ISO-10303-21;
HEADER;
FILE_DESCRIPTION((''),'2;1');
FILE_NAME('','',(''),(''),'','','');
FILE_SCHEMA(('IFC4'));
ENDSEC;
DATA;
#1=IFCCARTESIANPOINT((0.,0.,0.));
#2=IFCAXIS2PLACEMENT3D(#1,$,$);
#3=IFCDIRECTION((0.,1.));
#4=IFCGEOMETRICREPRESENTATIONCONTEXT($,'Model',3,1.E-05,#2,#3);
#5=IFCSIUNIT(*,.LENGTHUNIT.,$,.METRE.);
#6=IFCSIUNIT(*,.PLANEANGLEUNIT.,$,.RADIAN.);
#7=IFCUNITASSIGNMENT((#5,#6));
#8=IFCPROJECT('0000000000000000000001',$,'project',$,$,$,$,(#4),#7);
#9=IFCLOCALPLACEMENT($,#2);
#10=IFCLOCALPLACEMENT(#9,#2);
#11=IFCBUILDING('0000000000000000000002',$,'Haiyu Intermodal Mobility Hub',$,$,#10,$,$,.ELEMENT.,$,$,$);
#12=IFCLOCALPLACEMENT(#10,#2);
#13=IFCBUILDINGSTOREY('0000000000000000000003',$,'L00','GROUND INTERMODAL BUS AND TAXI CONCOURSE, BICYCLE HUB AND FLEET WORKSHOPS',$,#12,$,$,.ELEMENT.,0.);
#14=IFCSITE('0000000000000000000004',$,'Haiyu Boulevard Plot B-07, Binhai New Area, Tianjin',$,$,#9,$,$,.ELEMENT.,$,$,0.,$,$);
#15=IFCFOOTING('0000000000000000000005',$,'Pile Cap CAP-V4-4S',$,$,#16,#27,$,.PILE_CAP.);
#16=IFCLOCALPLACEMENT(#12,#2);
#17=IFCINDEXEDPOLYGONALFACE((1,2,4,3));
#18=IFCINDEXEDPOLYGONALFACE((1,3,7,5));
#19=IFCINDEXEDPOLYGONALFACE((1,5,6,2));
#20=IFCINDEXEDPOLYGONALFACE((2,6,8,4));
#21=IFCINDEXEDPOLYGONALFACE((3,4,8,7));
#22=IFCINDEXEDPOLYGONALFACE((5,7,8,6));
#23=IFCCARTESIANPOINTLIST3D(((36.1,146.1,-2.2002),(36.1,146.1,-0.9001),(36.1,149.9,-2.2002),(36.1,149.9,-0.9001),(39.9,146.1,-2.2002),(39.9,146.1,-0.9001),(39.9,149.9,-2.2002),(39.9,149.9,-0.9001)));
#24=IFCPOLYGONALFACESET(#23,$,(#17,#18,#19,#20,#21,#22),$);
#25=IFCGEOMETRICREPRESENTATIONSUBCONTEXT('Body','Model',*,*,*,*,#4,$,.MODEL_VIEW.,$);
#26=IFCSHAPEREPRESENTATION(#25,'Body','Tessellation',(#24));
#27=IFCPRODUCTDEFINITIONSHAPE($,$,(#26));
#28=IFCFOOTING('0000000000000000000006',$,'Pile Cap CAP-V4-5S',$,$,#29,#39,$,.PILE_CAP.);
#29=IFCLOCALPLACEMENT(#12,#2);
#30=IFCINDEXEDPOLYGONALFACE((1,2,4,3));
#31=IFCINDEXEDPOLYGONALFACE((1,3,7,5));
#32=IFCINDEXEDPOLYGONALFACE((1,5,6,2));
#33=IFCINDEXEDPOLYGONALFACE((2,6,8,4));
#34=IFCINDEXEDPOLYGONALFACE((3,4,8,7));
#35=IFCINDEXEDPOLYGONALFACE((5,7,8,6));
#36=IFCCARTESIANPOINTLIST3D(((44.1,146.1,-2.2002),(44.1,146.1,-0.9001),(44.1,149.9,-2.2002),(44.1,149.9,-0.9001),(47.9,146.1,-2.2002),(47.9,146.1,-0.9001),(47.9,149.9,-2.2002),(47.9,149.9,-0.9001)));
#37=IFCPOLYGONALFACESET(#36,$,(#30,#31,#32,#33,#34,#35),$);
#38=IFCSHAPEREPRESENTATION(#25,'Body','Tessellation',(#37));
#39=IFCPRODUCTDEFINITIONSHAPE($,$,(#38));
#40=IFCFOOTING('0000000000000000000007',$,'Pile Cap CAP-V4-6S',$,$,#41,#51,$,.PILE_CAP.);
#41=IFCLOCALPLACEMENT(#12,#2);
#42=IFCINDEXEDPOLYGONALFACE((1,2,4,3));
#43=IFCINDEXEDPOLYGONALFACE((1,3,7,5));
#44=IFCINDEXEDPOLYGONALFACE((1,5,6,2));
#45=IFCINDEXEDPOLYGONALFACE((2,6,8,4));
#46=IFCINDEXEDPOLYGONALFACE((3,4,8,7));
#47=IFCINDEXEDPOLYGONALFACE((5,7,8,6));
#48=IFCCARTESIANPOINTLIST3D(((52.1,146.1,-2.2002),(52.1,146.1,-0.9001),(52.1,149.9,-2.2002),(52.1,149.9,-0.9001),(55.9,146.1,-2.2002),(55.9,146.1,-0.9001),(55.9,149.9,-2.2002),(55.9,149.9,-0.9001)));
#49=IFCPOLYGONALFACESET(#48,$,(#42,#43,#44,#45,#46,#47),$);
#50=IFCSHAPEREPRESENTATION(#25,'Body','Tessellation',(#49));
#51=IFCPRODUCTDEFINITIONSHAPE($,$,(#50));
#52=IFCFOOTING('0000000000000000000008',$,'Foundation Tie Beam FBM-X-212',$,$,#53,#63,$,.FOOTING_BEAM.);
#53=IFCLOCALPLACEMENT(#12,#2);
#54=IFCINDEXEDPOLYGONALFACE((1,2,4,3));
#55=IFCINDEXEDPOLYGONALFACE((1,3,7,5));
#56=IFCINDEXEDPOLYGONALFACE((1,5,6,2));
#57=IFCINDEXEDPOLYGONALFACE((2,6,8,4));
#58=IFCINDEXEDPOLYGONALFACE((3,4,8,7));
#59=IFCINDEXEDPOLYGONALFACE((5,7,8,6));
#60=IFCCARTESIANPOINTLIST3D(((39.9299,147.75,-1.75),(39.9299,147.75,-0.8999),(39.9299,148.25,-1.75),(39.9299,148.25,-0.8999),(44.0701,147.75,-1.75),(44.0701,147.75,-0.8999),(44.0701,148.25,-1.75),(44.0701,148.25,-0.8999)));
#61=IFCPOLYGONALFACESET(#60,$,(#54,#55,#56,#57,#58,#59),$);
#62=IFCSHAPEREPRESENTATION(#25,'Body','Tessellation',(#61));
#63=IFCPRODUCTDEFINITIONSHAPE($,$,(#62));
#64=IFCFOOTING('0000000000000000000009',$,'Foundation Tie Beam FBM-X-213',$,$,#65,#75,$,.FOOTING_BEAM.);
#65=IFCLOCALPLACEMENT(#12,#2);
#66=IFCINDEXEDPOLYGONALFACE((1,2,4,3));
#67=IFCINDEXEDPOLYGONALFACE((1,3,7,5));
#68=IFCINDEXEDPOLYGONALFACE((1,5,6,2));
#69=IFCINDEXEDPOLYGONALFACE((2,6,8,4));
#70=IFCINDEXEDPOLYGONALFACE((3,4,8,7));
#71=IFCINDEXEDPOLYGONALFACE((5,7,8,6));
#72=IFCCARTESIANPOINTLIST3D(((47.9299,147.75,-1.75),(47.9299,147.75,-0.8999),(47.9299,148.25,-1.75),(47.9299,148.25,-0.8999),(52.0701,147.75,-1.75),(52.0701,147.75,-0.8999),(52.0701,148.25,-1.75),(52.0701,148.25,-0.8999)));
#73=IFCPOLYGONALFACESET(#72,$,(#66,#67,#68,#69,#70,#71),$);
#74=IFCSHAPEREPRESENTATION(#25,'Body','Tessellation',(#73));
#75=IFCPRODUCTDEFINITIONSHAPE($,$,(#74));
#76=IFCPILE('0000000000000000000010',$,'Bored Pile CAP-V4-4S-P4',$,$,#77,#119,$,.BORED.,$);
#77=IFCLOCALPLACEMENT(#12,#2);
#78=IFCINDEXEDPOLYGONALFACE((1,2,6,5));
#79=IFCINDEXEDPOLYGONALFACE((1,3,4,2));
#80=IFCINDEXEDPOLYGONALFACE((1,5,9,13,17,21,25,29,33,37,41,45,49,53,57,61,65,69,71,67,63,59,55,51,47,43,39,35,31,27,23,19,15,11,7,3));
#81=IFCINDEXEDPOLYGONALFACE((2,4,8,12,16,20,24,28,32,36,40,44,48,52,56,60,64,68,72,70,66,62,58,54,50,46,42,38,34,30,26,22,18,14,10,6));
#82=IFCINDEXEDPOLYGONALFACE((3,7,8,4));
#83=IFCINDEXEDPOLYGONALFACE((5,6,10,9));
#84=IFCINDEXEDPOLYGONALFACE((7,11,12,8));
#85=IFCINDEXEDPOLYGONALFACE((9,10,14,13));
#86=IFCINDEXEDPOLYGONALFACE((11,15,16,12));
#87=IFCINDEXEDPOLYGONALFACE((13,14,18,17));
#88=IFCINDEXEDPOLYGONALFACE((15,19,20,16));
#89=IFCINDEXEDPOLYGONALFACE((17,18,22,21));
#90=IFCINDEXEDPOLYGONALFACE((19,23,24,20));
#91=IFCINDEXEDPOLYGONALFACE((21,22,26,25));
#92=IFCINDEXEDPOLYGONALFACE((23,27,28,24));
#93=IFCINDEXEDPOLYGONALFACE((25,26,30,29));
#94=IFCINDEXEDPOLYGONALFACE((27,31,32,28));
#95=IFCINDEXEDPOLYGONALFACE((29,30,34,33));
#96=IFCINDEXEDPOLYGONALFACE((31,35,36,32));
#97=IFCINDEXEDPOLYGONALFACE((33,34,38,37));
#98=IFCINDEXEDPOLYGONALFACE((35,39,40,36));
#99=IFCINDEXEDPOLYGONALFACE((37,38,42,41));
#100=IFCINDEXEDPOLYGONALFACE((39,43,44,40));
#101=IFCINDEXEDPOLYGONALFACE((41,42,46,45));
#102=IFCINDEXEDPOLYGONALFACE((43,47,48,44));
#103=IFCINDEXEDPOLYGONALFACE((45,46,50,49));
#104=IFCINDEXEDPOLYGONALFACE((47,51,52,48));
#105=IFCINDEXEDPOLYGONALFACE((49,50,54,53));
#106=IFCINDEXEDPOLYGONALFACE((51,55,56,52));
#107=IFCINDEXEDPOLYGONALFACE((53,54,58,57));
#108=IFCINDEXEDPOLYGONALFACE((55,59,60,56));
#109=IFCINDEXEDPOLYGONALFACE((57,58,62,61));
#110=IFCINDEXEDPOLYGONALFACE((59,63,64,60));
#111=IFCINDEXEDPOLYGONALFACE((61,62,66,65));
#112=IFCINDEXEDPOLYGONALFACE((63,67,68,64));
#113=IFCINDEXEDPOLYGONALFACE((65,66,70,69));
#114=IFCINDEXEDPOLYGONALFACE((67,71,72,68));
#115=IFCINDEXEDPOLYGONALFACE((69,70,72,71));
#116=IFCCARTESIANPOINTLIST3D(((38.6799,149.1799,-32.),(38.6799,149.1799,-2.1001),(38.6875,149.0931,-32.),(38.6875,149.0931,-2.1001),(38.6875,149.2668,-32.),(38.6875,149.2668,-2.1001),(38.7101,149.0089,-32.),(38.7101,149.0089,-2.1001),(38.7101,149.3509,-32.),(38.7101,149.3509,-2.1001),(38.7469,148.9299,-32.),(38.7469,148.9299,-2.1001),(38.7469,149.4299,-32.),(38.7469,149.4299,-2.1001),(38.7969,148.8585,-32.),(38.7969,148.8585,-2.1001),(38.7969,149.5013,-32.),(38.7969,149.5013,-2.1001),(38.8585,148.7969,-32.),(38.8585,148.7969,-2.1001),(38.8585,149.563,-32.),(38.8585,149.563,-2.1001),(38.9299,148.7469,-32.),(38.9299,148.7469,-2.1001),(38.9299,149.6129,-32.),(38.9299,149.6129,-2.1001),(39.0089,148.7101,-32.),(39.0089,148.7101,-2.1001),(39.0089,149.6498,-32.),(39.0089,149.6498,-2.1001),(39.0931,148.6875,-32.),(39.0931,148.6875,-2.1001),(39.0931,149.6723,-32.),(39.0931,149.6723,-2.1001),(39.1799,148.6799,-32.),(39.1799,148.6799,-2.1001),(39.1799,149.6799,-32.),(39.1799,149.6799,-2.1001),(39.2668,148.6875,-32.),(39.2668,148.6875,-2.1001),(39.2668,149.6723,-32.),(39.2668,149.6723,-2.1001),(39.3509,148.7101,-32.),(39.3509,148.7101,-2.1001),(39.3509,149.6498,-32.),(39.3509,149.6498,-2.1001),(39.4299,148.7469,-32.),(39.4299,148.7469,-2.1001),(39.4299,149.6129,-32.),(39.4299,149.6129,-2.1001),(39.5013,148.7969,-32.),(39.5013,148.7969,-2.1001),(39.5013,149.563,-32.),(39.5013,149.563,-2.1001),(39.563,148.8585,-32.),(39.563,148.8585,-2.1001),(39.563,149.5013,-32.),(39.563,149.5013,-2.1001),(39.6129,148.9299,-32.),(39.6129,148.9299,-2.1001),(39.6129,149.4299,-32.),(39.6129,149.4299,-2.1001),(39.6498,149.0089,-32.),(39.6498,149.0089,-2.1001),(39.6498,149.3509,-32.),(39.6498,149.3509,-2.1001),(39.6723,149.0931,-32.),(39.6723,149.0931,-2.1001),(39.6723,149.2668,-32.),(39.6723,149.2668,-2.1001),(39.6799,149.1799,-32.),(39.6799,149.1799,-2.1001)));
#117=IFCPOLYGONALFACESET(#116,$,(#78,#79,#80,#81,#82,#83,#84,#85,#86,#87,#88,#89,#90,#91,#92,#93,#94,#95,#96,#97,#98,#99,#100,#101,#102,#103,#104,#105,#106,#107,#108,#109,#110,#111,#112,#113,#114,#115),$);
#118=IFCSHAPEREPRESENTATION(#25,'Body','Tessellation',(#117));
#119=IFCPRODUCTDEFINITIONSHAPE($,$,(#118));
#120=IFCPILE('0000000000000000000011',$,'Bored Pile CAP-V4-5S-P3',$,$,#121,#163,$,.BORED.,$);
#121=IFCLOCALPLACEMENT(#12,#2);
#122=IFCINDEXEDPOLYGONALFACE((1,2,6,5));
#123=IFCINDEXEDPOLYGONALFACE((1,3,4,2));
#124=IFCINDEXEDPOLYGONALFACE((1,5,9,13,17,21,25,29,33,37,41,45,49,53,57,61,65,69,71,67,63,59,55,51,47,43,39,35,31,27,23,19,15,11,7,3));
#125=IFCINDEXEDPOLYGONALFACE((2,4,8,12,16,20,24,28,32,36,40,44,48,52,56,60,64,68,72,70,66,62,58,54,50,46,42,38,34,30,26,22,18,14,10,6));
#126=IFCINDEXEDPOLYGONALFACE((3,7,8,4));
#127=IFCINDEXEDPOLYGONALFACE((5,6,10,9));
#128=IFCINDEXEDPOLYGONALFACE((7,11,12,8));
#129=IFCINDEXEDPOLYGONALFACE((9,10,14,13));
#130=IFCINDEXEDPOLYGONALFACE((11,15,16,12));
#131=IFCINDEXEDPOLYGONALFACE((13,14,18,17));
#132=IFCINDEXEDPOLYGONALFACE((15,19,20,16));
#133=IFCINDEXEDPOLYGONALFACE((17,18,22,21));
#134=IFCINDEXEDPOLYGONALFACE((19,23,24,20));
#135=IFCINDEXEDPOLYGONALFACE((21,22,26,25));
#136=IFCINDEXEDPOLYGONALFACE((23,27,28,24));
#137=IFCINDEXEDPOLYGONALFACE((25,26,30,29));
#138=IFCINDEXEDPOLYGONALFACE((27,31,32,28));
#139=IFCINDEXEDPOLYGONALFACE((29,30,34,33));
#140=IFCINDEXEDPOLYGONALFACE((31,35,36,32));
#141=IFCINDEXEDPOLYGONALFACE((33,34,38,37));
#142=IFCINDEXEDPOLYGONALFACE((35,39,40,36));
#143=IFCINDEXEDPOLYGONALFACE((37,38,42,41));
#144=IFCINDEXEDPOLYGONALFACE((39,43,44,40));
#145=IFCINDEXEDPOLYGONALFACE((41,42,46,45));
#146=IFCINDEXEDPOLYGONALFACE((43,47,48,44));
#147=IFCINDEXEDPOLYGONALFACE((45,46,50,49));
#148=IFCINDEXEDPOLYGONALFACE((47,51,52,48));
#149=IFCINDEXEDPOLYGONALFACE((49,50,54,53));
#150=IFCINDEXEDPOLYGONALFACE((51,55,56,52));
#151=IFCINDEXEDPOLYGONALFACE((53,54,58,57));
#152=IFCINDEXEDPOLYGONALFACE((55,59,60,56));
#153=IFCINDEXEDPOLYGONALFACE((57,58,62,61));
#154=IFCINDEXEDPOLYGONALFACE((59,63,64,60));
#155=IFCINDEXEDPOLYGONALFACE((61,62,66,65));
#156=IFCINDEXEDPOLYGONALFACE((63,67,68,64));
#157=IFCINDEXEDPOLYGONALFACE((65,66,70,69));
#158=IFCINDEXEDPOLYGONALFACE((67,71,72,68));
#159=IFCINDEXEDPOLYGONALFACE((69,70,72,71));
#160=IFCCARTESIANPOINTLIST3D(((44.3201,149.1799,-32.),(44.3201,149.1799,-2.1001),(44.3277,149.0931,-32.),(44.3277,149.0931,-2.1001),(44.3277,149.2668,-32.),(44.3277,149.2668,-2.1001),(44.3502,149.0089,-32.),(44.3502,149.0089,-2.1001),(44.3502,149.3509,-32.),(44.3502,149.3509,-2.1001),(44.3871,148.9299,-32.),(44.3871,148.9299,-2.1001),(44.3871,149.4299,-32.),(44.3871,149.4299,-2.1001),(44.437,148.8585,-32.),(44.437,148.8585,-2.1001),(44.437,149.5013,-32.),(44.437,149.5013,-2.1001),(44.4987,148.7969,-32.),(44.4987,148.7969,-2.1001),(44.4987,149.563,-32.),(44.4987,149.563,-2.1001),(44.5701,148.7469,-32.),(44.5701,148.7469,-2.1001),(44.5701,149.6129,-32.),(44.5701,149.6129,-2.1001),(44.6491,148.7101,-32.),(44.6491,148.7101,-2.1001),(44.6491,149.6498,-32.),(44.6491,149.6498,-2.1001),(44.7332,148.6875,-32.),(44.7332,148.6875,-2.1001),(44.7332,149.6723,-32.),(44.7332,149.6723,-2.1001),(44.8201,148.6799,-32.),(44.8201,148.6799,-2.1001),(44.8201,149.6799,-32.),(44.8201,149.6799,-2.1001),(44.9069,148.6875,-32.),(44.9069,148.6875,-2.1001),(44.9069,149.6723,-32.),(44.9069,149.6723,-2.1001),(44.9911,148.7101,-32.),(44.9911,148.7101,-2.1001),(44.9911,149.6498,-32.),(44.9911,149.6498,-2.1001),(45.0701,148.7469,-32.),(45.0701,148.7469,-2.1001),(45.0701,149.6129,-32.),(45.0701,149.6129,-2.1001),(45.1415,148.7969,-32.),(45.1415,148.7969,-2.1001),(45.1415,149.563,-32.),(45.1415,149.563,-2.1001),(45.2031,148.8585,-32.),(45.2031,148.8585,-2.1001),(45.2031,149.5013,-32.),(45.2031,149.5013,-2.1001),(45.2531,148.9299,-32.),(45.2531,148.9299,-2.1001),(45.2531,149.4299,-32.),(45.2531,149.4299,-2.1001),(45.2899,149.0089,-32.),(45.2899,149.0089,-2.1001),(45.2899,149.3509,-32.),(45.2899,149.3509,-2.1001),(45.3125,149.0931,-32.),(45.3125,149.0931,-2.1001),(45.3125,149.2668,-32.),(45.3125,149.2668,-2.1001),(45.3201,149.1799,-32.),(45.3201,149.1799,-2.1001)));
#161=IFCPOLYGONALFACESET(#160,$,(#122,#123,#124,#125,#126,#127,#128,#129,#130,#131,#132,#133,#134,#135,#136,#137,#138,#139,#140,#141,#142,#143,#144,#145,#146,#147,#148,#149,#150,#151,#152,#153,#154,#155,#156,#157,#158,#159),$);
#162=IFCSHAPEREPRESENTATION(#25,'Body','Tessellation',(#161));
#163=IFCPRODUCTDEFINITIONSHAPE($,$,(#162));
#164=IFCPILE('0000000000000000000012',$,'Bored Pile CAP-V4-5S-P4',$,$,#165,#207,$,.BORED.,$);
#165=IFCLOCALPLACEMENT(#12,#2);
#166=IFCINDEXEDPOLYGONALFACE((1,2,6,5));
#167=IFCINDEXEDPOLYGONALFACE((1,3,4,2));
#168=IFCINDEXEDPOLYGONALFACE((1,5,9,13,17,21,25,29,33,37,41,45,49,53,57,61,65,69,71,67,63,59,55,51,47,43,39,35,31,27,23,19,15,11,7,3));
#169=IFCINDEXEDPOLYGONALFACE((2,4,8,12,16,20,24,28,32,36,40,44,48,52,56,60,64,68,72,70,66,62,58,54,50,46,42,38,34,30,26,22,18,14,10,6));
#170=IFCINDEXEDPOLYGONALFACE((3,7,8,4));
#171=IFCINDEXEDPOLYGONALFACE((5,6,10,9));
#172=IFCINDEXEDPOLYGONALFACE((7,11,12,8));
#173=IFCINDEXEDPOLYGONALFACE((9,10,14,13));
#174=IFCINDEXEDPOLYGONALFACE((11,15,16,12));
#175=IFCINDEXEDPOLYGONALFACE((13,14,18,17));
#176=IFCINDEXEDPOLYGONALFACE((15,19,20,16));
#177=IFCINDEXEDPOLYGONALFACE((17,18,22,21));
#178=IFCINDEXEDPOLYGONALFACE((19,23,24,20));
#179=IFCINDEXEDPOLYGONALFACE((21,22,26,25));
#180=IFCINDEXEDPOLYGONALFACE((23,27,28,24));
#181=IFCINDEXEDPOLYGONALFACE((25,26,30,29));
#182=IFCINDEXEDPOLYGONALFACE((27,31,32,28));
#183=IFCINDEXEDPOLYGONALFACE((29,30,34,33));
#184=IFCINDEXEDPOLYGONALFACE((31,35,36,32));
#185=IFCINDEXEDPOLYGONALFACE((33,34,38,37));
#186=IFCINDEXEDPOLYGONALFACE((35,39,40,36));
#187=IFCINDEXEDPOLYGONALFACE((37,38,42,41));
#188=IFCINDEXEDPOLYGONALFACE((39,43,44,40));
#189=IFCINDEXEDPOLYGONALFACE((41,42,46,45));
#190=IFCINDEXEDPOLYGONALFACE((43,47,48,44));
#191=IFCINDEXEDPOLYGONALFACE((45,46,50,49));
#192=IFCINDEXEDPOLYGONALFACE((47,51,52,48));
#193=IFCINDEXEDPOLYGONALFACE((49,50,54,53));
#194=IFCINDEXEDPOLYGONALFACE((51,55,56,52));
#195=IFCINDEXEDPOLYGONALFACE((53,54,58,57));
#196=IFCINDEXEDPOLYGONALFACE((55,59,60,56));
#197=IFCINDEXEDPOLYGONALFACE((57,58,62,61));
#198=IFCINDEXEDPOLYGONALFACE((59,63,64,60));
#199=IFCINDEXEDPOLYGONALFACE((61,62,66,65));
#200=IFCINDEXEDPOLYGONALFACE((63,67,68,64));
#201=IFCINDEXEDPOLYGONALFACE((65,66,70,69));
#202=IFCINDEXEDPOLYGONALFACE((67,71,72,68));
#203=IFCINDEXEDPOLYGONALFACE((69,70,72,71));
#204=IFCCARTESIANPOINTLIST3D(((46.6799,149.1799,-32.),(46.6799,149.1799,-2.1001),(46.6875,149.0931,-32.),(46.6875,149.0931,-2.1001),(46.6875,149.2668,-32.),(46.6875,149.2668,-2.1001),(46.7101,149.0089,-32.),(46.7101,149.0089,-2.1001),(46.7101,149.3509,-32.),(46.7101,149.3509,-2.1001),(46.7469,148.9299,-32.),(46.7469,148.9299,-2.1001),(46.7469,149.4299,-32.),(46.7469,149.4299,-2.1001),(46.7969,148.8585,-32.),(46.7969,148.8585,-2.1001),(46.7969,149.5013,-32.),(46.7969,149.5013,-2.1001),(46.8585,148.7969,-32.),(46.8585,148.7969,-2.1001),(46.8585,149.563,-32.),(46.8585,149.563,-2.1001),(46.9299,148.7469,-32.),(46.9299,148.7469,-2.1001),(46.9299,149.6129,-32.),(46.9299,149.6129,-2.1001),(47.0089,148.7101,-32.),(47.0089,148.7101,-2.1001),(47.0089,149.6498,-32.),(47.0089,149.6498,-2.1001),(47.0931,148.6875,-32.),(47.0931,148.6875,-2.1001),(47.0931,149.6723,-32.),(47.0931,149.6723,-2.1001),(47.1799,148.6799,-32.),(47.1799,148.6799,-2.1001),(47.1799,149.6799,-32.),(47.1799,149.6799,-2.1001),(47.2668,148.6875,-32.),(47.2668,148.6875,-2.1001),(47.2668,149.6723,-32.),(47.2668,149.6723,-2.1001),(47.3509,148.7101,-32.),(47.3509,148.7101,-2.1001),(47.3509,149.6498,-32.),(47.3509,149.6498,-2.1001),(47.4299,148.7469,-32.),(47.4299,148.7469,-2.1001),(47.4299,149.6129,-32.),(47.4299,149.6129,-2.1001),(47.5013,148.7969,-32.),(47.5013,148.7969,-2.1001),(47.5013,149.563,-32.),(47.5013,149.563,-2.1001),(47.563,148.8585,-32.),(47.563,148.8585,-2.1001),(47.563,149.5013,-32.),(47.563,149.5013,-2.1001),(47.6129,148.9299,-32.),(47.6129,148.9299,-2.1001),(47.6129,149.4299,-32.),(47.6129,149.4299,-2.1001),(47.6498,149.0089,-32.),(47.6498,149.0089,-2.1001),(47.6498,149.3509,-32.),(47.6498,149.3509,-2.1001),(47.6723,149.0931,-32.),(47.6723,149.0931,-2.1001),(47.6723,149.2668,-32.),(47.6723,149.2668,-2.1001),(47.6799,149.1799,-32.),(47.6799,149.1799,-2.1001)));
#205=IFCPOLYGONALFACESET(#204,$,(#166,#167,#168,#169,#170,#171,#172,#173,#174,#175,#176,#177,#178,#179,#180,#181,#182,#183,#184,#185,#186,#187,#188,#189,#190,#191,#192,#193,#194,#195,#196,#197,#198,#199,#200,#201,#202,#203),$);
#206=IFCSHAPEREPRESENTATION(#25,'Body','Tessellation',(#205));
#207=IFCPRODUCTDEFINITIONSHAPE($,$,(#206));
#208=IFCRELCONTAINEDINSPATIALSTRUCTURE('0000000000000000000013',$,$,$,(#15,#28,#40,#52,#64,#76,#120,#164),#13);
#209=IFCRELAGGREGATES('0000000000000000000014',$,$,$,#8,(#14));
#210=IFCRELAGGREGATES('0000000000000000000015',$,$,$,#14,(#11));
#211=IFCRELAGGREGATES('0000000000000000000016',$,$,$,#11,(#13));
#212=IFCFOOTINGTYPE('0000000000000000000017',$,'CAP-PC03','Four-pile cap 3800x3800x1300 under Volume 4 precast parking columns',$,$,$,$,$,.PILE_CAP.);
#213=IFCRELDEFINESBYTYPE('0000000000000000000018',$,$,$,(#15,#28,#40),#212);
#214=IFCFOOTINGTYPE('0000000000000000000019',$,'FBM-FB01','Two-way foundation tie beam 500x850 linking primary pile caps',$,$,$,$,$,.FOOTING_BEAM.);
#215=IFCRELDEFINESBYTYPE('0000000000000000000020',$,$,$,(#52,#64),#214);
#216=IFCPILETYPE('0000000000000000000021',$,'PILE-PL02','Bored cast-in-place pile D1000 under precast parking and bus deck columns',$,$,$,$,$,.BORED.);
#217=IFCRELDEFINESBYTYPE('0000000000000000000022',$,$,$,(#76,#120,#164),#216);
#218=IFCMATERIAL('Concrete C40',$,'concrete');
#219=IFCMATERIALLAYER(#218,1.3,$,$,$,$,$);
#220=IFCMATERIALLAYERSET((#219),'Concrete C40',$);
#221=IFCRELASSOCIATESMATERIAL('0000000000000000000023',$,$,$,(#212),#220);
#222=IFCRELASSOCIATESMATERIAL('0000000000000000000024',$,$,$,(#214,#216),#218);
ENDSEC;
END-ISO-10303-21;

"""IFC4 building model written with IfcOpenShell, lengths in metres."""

from ifc_helpers import new_model, si_unit, direction, frame, origin, origin_2d, place, context, subcontext, project, spatial, rectangle, circle, extrude, material, layer, layer_set, material_profile, profile_set, type_object, element, save


model = new_model("IFC4")

# Units and contexts
model_context = context("Model", 3, precision=1e-05, world=origin(), true_north=direction((0.0, 1.0)))
body_context = subcontext(model_context, "Body", "Model", "MODEL_VIEW")
ifc_project = project(units=[si_unit("LENGTHUNIT", "METRE"), si_unit("PLANEANGLEUNIT", "RADIAN")], contexts=[model_context])

# Site, building, storey
site_placement = place(None, origin())
site = spatial("IfcSite", under=ifc_project, at=site_placement, Name="Haiyu Boulevard Plot B-07, Binhai New Area, Tianjin", CompositionType="ELEMENT", RefElevation=0.0)
building_placement = place(site_placement, origin())
building = spatial("IfcBuilding", under=site, at=building_placement, Name="Haiyu Intermodal Mobility Hub", CompositionType="ELEMENT")
storey_placement = place(building_placement, origin())
storey = spatial("IfcBuildingStorey", under=building, at=storey_placement, Name="L00", Description="GROUND INTERMODAL BUS AND TAXI CONCOURSE, BICYCLE HUB AND FLEET WORKSHOPS", CompositionType="ELEMENT", Elevation=0.0)

# Footings
ifc_material_1 = material(Name="Concrete C40", Category="concrete")
ifc_layer_1 = layer(ifc_material_1, 1.3)
ifc_layer_set_1 = layer_set([ifc_layer_1], Name="Concrete C40")
footing_type_1 = type_object("IfcFootingType", Name="CAP-PC03", Description="Four-pile cap 3800x3800x1300 under Volume 4 precast parking columns", PredefinedType="PILE_CAP", material=ifc_layer_set_1)
for number, where, z_axis, x_axis, name in (
    (1, (38.0, 148.0, -2.2002), (0.0, 0.0, 1.0), (1.0, 0.0, 0.0), "Pile Cap CAP-V4-4S"),
    (2, (46.0, 148.0, -2.2002), (0.0, 0.0, 1.0), (1.0, 0.0, 0.0), "Pile Cap CAP-V4-5S"),
    (3, (54.0, 148.0, -2.2002), (0.0, 0.0, 1.0), (1.0, 0.0, 0.0), "Pile Cap CAP-V4-6S"),
):
    element("IfcFooting", number, at=place(storey_placement, frame(where, z_axis=z_axis, x_axis=x_axis)), inside=storey, type_object=footing_type_1, Name=name, PredefinedType="PILE_CAP", context=body_context, shape_type="SweptSolid", body=[
        extrude(rectangle(XDim=3.8, YDim=3.8, at=origin_2d()), origin(), (0.0, 0.0, 1.0), 1.3),
    ])
ifc_material_profile_1 = material_profile(ifc_material_1, rectangle(XDim=0.5, YDim=0.8501, at=origin_2d()), Name="FB500x850")
ifc_profile_set_1 = profile_set([ifc_material_profile_1], Name="Concrete C40")
footing_type_2 = type_object("IfcFootingType", Name="FBM-FB01", Description="Two-way foundation tie beam 500x850 linking primary pile caps", PredefinedType="FOOTING_BEAM", material=ifc_profile_set_1)
for number, where, z_axis, x_axis, name in (
    (4, (39.9299, 148.0, -1.325), (1.0, 0.0, 0.0), (0.0, 1.0, 0.0), "Foundation Tie Beam FBM-X-212"),
    (5, (47.9299, 148.0, -1.325), (1.0, 0.0, 0.0), (0.0, 1.0, 0.0), "Foundation Tie Beam FBM-X-213"),
):
    element("IfcFooting", number, at=place(storey_placement, frame(where, z_axis=z_axis, x_axis=x_axis)), inside=storey, type_object=footing_type_2, Name=name, PredefinedType="FOOTING_BEAM", context=body_context, shape_type="SweptSolid", body=[
        extrude(rectangle(XDim=0.5, YDim=0.8501, at=origin_2d()), origin(), (0.0, 0.0, 1.0), 4.1401),
    ])

# Piles
ifc_material_profile_2 = material_profile(ifc_material_1, circle(Radius=0.5, at=origin_2d()), Name="PILE-D1000")
ifc_profile_set_2 = profile_set([ifc_material_profile_2], Name="Concrete C40")
pile_type = type_object("IfcPileType", Name="PILE-PL02", Description="Bored cast-in-place pile D1000 under precast parking and bus deck columns", PredefinedType="BORED", material=ifc_profile_set_2)
for number, where, z_axis, x_axis, name in (
    (6, (39.1799, 149.1799, -2.1001), (0.0, 0.0, -1.0), (1.0, 0.0, 0.0), "Bored Pile CAP-V4-4S-P4"),
    (7, (44.8201, 149.1799, -2.1001), (0.0, 0.0, -1.0), (1.0, 0.0, 0.0), "Bored Pile CAP-V4-5S-P3"),
    (8, (47.1799, 149.1799, -2.1001), (0.0, 0.0, -1.0), (1.0, 0.0, 0.0), "Bored Pile CAP-V4-5S-P4"),
):
    element("IfcPile", number, at=place(storey_placement, frame(where, z_axis=z_axis, x_axis=x_axis)), inside=storey, type_object=pile_type, Name=name, PredefinedType="BORED", context=body_context, shape_type="SweptSolid", body=[
        extrude(circle(Radius=0.5, at=origin_2d()), origin(), (0.0, 0.0, 1.0), 29.8999),
    ])

save(model, "model.ifc")
